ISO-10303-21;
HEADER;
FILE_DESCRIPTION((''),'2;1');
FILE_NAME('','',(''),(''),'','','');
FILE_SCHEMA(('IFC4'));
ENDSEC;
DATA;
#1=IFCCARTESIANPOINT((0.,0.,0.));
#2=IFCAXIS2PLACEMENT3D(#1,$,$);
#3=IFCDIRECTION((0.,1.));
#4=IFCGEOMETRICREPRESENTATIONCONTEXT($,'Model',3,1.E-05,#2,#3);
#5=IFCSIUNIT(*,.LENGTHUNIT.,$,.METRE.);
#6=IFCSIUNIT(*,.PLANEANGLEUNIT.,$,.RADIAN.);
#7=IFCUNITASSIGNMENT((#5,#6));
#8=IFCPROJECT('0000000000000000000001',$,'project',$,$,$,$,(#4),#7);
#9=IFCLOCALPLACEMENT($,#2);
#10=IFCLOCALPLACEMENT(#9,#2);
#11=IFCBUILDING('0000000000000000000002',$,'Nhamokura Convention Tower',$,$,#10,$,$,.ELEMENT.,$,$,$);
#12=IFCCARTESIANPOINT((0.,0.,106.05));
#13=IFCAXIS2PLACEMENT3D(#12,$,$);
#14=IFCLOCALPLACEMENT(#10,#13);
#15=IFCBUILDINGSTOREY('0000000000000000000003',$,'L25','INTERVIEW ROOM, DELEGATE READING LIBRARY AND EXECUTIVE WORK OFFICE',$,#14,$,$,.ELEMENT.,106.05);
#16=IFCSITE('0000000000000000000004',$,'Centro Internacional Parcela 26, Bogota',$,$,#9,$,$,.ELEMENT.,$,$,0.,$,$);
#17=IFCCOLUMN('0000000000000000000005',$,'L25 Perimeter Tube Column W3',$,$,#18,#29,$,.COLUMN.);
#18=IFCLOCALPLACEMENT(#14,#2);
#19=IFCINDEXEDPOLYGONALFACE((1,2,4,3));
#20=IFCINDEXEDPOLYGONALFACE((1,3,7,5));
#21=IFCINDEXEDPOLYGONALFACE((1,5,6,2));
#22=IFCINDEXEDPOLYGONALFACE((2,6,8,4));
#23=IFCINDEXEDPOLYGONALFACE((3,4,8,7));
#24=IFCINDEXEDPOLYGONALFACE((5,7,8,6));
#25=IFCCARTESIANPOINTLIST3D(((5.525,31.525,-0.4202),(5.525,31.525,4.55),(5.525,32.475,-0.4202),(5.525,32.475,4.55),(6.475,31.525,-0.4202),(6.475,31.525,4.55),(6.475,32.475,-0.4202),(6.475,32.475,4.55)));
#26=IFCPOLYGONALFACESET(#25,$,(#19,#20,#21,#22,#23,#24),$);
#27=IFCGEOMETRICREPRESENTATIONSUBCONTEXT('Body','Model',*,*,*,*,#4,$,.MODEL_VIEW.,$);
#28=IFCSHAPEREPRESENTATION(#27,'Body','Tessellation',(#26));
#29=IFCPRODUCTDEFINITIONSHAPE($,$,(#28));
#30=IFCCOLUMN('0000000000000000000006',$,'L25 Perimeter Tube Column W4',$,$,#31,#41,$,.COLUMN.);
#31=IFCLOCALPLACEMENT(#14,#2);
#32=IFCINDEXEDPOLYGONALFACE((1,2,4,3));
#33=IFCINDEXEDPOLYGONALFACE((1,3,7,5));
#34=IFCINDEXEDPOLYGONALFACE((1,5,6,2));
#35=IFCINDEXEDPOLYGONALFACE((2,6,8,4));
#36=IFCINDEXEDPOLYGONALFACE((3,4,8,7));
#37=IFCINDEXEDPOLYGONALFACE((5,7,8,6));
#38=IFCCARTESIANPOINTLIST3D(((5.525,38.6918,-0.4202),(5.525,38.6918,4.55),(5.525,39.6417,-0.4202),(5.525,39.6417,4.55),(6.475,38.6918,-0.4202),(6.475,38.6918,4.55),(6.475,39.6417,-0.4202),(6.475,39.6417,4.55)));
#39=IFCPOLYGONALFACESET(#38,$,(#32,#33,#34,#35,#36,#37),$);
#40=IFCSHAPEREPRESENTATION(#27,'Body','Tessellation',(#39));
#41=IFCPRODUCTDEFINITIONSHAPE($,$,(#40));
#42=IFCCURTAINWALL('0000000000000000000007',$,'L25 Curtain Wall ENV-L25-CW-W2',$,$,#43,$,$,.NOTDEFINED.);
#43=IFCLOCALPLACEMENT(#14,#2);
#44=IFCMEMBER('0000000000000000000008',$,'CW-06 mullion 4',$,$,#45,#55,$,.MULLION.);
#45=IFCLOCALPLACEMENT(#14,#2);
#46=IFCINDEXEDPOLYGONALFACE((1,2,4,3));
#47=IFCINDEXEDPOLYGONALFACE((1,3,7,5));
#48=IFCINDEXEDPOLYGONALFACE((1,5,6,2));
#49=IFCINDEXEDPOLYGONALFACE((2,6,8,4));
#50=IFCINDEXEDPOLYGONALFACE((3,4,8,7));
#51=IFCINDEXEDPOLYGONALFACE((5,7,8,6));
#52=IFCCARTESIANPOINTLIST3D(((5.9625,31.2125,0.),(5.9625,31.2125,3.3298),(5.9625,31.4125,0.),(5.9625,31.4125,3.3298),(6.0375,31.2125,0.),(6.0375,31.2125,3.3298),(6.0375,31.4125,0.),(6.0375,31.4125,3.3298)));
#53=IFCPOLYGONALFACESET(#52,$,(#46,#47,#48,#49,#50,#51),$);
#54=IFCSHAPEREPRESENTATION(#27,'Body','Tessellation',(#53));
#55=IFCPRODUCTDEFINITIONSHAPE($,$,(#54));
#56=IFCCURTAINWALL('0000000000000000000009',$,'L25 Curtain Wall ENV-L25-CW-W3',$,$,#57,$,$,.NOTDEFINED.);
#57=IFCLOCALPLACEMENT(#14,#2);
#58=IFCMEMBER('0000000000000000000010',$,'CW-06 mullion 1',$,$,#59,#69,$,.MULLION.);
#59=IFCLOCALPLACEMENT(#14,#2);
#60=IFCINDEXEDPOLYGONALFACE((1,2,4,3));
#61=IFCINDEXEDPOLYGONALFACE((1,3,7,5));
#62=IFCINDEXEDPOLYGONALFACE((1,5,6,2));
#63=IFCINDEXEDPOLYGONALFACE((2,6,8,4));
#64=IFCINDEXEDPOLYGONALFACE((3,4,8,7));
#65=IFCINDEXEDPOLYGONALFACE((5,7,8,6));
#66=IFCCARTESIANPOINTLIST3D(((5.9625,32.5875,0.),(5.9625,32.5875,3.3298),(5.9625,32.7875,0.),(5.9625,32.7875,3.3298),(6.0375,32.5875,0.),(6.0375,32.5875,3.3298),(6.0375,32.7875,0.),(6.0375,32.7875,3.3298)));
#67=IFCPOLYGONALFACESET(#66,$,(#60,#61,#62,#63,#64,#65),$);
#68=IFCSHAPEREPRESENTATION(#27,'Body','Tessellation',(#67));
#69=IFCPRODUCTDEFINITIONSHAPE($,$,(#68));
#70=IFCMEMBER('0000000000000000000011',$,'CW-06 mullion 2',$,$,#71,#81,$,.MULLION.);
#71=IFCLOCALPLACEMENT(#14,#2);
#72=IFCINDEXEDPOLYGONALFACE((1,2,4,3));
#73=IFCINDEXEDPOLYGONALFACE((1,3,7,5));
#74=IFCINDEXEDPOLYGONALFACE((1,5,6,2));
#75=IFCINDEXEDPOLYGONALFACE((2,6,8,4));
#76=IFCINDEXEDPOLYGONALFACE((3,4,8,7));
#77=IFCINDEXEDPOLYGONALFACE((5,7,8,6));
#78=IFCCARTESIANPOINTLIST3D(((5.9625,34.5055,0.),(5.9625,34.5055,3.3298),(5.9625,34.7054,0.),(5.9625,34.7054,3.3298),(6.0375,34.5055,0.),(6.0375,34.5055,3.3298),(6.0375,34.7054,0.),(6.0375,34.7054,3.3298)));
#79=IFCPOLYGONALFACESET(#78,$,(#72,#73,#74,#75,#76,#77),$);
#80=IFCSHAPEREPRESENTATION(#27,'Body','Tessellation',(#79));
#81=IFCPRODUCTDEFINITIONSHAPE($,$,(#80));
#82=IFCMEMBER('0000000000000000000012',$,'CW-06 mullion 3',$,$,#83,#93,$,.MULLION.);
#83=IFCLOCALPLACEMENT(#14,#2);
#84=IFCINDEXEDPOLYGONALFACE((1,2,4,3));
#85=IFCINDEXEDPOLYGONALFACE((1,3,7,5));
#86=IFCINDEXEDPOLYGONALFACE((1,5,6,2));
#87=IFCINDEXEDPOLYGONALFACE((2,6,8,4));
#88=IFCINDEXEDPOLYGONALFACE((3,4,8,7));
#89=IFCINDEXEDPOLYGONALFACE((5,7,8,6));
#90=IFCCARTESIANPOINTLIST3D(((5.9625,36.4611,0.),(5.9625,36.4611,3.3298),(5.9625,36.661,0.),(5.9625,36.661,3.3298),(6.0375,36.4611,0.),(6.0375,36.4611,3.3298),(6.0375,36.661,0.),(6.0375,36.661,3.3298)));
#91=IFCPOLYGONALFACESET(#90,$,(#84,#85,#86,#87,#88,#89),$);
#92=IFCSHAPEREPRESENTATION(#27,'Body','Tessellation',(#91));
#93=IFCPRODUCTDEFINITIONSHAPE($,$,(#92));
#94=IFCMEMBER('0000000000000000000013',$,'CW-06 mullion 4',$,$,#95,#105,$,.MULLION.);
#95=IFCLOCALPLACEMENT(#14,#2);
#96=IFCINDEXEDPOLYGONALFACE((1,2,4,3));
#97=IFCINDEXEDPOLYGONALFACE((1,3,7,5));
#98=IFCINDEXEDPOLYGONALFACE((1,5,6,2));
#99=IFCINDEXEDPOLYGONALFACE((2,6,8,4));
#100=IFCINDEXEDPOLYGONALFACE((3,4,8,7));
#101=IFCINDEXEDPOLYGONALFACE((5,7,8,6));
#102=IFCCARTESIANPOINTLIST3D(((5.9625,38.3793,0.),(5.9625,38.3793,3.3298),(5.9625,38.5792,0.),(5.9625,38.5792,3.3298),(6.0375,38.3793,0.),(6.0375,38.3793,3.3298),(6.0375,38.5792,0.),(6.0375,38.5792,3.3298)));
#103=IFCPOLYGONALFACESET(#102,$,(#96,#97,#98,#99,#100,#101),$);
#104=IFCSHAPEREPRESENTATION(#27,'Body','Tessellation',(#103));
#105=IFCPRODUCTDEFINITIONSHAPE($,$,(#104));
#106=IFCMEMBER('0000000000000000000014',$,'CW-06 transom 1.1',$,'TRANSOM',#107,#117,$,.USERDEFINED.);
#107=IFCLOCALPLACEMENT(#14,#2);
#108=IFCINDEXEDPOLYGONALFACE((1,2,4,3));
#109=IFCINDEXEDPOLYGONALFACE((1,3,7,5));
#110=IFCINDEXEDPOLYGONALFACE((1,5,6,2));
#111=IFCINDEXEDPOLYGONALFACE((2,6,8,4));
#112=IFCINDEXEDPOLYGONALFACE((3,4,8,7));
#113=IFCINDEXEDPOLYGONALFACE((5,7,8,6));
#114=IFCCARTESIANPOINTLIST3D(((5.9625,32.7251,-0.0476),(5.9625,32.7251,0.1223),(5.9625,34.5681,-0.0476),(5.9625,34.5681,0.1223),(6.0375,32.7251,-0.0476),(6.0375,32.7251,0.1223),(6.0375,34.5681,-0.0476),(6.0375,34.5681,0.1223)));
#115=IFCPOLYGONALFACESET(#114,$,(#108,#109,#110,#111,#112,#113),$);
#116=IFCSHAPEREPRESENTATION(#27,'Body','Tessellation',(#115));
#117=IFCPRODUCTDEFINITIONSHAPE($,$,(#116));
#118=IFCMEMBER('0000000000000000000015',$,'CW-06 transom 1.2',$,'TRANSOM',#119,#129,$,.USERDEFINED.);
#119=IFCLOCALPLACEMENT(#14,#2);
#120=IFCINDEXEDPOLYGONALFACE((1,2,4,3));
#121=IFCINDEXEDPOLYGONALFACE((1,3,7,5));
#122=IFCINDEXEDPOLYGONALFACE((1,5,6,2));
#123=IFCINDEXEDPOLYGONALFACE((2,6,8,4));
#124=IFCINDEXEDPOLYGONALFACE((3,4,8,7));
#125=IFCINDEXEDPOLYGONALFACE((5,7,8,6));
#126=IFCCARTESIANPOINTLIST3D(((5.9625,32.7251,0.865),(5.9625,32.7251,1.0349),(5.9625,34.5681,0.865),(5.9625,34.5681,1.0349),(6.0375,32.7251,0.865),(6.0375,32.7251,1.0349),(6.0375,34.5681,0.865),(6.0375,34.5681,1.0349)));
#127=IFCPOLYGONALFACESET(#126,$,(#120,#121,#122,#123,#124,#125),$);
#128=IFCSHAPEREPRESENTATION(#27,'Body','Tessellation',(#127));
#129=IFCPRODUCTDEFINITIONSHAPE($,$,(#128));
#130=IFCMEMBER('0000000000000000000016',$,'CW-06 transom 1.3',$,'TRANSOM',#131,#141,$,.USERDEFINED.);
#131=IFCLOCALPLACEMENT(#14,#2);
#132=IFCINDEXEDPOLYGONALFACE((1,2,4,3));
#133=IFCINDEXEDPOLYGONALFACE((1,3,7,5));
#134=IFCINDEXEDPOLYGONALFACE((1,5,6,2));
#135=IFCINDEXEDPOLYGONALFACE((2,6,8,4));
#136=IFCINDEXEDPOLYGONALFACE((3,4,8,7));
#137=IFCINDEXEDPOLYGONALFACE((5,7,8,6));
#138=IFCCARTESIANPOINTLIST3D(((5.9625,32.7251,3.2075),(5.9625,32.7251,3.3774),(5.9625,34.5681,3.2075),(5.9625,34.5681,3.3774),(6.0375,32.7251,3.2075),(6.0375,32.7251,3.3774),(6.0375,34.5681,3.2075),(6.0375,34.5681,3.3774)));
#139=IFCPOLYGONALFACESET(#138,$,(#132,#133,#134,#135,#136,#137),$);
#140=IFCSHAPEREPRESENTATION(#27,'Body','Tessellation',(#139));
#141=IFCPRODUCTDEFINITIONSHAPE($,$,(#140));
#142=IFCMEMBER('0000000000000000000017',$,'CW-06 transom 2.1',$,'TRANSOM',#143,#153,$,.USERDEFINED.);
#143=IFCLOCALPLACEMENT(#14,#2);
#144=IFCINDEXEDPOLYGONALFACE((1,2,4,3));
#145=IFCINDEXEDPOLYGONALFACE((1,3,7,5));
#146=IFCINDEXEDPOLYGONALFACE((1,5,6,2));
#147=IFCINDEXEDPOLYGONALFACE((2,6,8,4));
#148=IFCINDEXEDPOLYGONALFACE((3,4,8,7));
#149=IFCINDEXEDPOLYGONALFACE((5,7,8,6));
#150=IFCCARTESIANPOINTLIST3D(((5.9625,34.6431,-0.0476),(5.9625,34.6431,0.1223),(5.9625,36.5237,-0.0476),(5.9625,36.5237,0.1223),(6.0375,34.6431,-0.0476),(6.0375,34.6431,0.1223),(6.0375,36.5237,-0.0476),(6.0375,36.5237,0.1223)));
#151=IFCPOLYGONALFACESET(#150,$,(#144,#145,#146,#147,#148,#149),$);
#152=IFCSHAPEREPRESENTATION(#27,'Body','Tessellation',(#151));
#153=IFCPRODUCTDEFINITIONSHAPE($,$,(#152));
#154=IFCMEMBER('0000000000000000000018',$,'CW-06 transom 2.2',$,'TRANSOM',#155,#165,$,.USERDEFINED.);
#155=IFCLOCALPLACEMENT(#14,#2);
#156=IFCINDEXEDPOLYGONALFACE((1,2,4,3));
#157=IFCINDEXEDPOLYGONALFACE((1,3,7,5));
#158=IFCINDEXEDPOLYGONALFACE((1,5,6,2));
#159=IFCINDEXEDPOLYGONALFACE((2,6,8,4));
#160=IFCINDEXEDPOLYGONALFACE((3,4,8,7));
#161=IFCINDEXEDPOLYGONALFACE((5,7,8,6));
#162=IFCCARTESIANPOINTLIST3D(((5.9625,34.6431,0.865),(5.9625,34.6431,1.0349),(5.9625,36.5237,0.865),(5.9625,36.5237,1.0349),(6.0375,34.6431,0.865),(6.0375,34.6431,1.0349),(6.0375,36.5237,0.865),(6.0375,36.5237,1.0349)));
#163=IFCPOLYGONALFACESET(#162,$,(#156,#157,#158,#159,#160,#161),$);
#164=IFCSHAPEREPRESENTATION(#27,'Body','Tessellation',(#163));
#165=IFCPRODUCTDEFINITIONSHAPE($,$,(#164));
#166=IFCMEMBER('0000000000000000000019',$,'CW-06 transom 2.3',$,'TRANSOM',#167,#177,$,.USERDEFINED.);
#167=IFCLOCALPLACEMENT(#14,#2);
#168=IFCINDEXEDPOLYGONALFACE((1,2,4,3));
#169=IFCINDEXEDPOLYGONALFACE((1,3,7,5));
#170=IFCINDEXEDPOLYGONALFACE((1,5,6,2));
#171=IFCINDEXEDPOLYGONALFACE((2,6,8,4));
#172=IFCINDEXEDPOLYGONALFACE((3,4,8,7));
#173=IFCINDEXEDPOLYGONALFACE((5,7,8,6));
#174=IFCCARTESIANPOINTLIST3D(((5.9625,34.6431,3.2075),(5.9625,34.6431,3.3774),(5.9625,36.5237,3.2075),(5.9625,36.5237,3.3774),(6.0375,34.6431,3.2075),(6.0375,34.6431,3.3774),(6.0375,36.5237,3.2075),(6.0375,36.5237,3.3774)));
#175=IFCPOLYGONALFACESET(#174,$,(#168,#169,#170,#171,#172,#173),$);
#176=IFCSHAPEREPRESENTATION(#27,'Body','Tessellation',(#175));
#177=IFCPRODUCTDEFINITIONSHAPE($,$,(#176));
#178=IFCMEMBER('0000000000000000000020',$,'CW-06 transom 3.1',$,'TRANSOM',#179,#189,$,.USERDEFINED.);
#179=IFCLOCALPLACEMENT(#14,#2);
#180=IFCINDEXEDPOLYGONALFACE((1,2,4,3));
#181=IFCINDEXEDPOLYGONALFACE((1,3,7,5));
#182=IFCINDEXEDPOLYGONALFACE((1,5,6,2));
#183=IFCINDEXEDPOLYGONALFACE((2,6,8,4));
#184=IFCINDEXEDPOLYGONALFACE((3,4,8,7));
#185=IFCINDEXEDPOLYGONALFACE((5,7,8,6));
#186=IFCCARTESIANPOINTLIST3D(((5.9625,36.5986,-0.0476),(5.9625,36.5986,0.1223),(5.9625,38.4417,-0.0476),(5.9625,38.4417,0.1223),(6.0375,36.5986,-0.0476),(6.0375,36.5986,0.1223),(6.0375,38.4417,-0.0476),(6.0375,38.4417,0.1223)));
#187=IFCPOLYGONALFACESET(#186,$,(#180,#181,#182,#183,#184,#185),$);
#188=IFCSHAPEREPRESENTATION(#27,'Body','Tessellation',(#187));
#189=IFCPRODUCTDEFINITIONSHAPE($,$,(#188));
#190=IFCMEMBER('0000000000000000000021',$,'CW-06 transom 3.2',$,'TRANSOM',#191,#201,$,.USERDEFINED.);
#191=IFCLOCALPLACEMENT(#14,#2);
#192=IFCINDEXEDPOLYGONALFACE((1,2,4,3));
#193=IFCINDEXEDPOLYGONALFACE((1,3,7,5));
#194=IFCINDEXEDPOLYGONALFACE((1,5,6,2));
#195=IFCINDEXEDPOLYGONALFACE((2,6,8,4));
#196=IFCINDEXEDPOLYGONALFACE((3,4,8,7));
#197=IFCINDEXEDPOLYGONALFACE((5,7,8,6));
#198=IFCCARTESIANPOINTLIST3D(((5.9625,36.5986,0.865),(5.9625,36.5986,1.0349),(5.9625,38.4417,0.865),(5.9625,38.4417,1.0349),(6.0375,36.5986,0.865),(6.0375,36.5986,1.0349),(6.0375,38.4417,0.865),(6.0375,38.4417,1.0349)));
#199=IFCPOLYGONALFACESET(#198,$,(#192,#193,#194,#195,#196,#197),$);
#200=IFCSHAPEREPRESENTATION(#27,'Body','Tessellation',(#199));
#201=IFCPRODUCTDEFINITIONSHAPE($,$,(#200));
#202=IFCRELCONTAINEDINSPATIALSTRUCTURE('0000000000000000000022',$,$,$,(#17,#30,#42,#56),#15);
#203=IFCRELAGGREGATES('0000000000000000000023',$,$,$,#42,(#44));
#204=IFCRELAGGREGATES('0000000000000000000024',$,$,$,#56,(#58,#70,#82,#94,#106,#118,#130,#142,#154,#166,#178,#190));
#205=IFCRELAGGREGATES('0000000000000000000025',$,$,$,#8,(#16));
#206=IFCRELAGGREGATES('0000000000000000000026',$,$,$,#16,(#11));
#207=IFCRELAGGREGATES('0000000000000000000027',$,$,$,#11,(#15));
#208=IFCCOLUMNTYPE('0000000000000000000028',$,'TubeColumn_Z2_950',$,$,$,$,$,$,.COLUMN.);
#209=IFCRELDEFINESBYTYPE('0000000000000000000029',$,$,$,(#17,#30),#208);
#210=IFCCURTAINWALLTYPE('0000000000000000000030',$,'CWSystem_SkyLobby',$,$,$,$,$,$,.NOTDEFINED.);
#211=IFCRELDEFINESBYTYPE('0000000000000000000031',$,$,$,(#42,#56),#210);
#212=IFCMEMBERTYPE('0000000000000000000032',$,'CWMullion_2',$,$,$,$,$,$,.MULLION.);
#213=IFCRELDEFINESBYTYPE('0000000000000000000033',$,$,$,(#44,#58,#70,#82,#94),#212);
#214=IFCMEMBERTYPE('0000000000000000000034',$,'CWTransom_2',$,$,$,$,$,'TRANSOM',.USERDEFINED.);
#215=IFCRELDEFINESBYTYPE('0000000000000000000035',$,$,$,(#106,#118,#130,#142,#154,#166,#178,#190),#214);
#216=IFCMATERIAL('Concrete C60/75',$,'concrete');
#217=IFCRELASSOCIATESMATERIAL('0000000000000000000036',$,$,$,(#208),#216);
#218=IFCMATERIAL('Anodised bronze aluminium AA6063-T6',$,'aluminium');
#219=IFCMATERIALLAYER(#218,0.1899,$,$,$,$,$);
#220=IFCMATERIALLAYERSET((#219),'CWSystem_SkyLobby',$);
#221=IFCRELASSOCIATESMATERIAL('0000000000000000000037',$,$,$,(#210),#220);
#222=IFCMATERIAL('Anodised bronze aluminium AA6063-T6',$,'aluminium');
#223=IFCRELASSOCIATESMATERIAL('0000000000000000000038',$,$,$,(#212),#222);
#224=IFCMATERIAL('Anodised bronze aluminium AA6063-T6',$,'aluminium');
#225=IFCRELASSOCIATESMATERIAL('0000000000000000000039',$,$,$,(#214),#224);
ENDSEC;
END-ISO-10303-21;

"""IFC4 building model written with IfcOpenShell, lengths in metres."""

from ifc_helpers import new_model, si_unit, direction, frame, origin, origin_2d, place, context, subcontext, project, spatial, rectangle, extrude, material, layer, layer_set, material_profile, profile_set, type_object, element, aggregate, save


model = new_model("IFC4")

# Units and contexts
model_context = context("Model", 3, precision=1e-05, world=origin(), true_north=direction((0.0, 1.0)))
body_context = subcontext(model_context, "Body", "Model", "MODEL_VIEW")
ifc_project = project(units=[si_unit("LENGTHUNIT", "METRE"), si_unit("PLANEANGLEUNIT", "RADIAN")], contexts=[model_context])

# Site, building, storey
site_placement = place(None, origin())
site = spatial("IfcSite", under=ifc_project, at=site_placement, Name="Centro Internacional Parcela 26, Bogota", CompositionType="ELEMENT", RefElevation=0.0)
building_placement = place(site_placement, origin())
building = spatial("IfcBuilding", under=site, at=building_placement, Name="Nhamokura Convention Tower", CompositionType="ELEMENT")
storey_placement = place(building_placement, frame((0.0, 0.0, 106.05)))
storey = spatial("IfcBuildingStorey", under=building, at=storey_placement, Name="L25", Description="INTERVIEW ROOM, DELEGATE READING LIBRARY AND EXECUTIVE WORK OFFICE", CompositionType="ELEMENT", Elevation=106.05)

# Columns
ifc_material_1 = material(Name="Concrete C60/75", Category="concrete")
ifc_material_profile_1 = material_profile(ifc_material_1, rectangle(XDim=0.95, YDim=0.95, at=origin_2d()))
ifc_profile_set_1 = profile_set([ifc_material_profile_1], Name="Concrete C60/75")
column_type = type_object("IfcColumnType", Name="TubeColumn_Z2_950", PredefinedType="COLUMN", material=ifc_profile_set_1)
for number, where, z_axis, x_axis, name in (
    (1, (6.0, 32.0, -0.4202), (0.0, 0.0, 1.0), (1.0, 0.0, 0.0), "L25 Perimeter Tube Column W3"),
    (2, (6.0, 39.1667, -0.4202), (0.0, 0.0, 1.0), (1.0, 0.0, 0.0), "L25 Perimeter Tube Column W4"),
):
    element("IfcColumn", number, at=place(storey_placement, frame(where, z_axis=z_axis, x_axis=x_axis)), inside=storey, type_object=column_type, Name=name, PredefinedType="COLUMN", context=body_context, shape_type="SweptSolid", body=[
        extrude(rectangle(XDim=0.95, YDim=0.95, at=origin_2d()), origin(), (0.0, 0.0, 1.0), 4.9702),
    ])

# Curtain wall, member
ifc_material_2 = material(Name="Anodised bronze aluminium AA6063-T6", Category="aluminium")
ifc_layer_1 = layer(ifc_material_2, 0.1899)
ifc_layer_set_1 = layer_set([ifc_layer_1], Name="CWSystem_SkyLobby")
curtain_wall_type = type_object("IfcCurtainWallType", Name="CWSystem_SkyLobby", PredefinedType="NOTDEFINED", material=ifc_layer_set_1)
curtain_wall_1_placement = place(storey_placement, origin())
curtain_wall_1 = element("IfcCurtainWall", 3, at=curtain_wall_1_placement, inside=storey, type_object=curtain_wall_type, Name="L25 Curtain Wall ENV-L25-CW-W2", PredefinedType="NOTDEFINED")
ifc_material_3 = material(Name="Anodised bronze aluminium AA6063-T6", Category="aluminium")
ifc_material_profile_2 = material_profile(ifc_material_3, rectangle(XDim=0.075, YDim=0.2, at=origin_2d()))
ifc_profile_set_2 = profile_set([ifc_material_profile_2], Name="Anodised bronze aluminium AA6063-T6")
member_type_1 = type_object("IfcMemberType", Name="CWMullion_2", PredefinedType="MULLION", material=ifc_profile_set_2)
member_1_placement = place(storey_placement, frame((6.0, 31.3125, 0.0), z_axis=(0.0, 0.0, 1.0), x_axis=(-1.0, 0.0, 0.0)))
member_1 = element("IfcMember", 4, at=member_1_placement, type_object=member_type_1, Name="CW-06 mullion 4", PredefinedType="MULLION", context=body_context, shape_type="SweptSolid", body=[
    extrude(rectangle(XDim=0.075, YDim=0.2, at=origin_2d()), origin(), (0.0, 0.0, 1.0), 3.3298),
])

# Curtain wall, members
curtain_wall_2_placement = place(storey_placement, origin())
curtain_wall_2 = element("IfcCurtainWall", 5, at=curtain_wall_2_placement, inside=storey, type_object=curtain_wall_type, Name="L25 Curtain Wall ENV-L25-CW-W3", PredefinedType="NOTDEFINED")
member_2_placement = place(storey_placement, frame((6.0, 32.6875, 0.0), z_axis=(0.0, 0.0, 1.0), x_axis=(-1.0, 0.0, 0.0)))
member_2 = element("IfcMember", 6, at=member_2_placement, type_object=member_type_1, Name="CW-06 mullion 1", PredefinedType="MULLION", context=body_context, shape_type="SweptSolid", body=[
    extrude(rectangle(XDim=0.075, YDim=0.2, at=origin_2d()), origin(), (0.0, 0.0, 1.0), 3.3298),
])
member_3_placement = place(storey_placement, frame((6.0, 34.6055, 0.0), z_axis=(0.0, 0.0, 1.0), x_axis=(-1.0, 0.0, 0.0)))
member_3 = element("IfcMember", 7, at=member_3_placement, type_object=member_type_1, Name="CW-06 mullion 2", PredefinedType="MULLION", context=body_context, shape_type="SweptSolid", body=[
    extrude(rectangle(XDim=0.075, YDim=0.2, at=origin_2d()), origin(), (0.0, 0.0, 1.0), 3.3298),
])
member_4_placement = place(storey_placement, frame((6.0, 36.561, 0.0), z_axis=(0.0, 0.0, 1.0), x_axis=(-1.0, 0.0, 0.0)))
member_4 = element("IfcMember", 8, at=member_4_placement, type_object=member_type_1, Name="CW-06 mullion 3", PredefinedType="MULLION", context=body_context, shape_type="SweptSolid", body=[
    extrude(rectangle(XDim=0.075, YDim=0.2, at=origin_2d()), origin(), (0.0, 0.0, 1.0), 3.3298),
])
member_5_placement = place(storey_placement, frame((6.0, 38.4792, 0.0), z_axis=(0.0, 0.0, 1.0), x_axis=(-1.0, 0.0, 0.0)))
member_5 = element("IfcMember", 9, at=member_5_placement, type_object=member_type_1, Name="CW-06 mullion 4", PredefinedType="MULLION", context=body_context, shape_type="SweptSolid", body=[
    extrude(rectangle(XDim=0.075, YDim=0.2, at=origin_2d()), origin(), (0.0, 0.0, 1.0), 3.3298),
])
ifc_material_4 = material(Name="Anodised bronze aluminium AA6063-T6", Category="aluminium")
ifc_material_profile_3 = material_profile(ifc_material_4, rectangle(XDim=0.075, YDim=0.1699, at=origin_2d()))
ifc_profile_set_3 = profile_set([ifc_material_profile_3], Name="Anodised bronze aluminium AA6063-T6")
member_type_2 = type_object("IfcMemberType", Name="CWTransom_2", ElementType="TRANSOM", PredefinedType="USERDEFINED", material=ifc_profile_set_3)
member_6_placement = place(storey_placement, frame((6.0, 32.7251, 0.0374), z_axis=(0.0, 1.0, 0.0), x_axis=(-1.0, 0.0, 0.0)))
member_6 = element("IfcMember", 10, at=member_6_placement, type_object=member_type_2, Name="CW-06 transom 1.1", ObjectType="TRANSOM", PredefinedType="USERDEFINED", context=body_context, shape_type="SweptSolid", body=[
    extrude(rectangle(XDim=0.075, YDim=0.1699, at=origin_2d()), origin(), (0.0, 0.0, 1.0), 1.843),
])
member_7_placement = place(storey_placement, frame((6.0, 32.7251, 0.95), z_axis=(0.0, 1.0, 0.0), x_axis=(-1.0, 0.0, 0.0)))
member_7 = element("IfcMember", 11, at=member_7_placement, type_object=member_type_2, Name="CW-06 transom 1.2", ObjectType="TRANSOM", PredefinedType="USERDEFINED", context=body_context, shape_type="SweptSolid", body=[
    extrude(rectangle(XDim=0.075, YDim=0.1699, at=origin_2d()), origin(), (0.0, 0.0, 1.0), 1.843),
])
member_8_placement = place(storey_placement, frame((6.0, 32.7251, 3.2925), z_axis=(0.0, 1.0, 0.0), x_axis=(-1.0, 0.0, 0.0)))
member_8 = element("IfcMember", 12, at=member_8_placement, type_object=member_type_2, Name="CW-06 transom 1.3", ObjectType="TRANSOM", PredefinedType="USERDEFINED", context=body_context, shape_type="SweptSolid", body=[
    extrude(rectangle(XDim=0.075, YDim=0.1699, at=origin_2d()), origin(), (0.0, 0.0, 1.0), 1.843),
])
member_9_placement = place(storey_placement, frame((6.0, 34.6431, 0.0374), z_axis=(0.0, 1.0, 0.0), x_axis=(-1.0, 0.0, 0.0)))
member_9 = element("IfcMember", 13, at=member_9_placement, type_object=member_type_2, Name="CW-06 transom 2.1", ObjectType="TRANSOM", PredefinedType="USERDEFINED", context=body_context, shape_type="SweptSolid", body=[
    extrude(rectangle(XDim=0.075, YDim=0.1699, at=origin_2d()), origin(), (0.0, 0.0, 1.0), 1.8806),
])
member_10_placement = place(storey_placement, frame((6.0, 34.6431, 0.95), z_axis=(0.0, 1.0, 0.0), x_axis=(-1.0, 0.0, 0.0)))
member_10 = element("IfcMember", 14, at=member_10_placement, type_object=member_type_2, Name="CW-06 transom 2.2", ObjectType="TRANSOM", PredefinedType="USERDEFINED", context=body_context, shape_type="SweptSolid", body=[
    extrude(rectangle(XDim=0.075, YDim=0.1699, at=origin_2d()), origin(), (0.0, 0.0, 1.0), 1.8806),
])
member_11_placement = place(storey_placement, frame((6.0, 34.6431, 3.2925), z_axis=(0.0, 1.0, 0.0), x_axis=(-1.0, 0.0, 0.0)))
member_11 = element("IfcMember", 15, at=member_11_placement, type_object=member_type_2, Name="CW-06 transom 2.3", ObjectType="TRANSOM", PredefinedType="USERDEFINED", context=body_context, shape_type="SweptSolid", body=[
    extrude(rectangle(XDim=0.075, YDim=0.1699, at=origin_2d()), origin(), (0.0, 0.0, 1.0), 1.8806),
])
member_12_placement = place(storey_placement, frame((6.0, 36.5986, 0.0374), z_axis=(0.0, 1.0, 0.0), x_axis=(-1.0, 0.0, 0.0)))
member_12 = element("IfcMember", 16, at=member_12_placement, type_object=member_type_2, Name="CW-06 transom 3.1", ObjectType="TRANSOM", PredefinedType="USERDEFINED", context=body_context, shape_type="SweptSolid", body=[
    extrude(rectangle(XDim=0.075, YDim=0.1699, at=origin_2d()), origin(), (0.0, 0.0, 1.0), 1.843),
])
member_13_placement = place(storey_placement, frame((6.0, 36.5986, 0.95), z_axis=(0.0, 1.0, 0.0), x_axis=(-1.0, 0.0, 0.0)))
member_13 = element("IfcMember", 17, at=member_13_placement, type_object=member_type_2, Name="CW-06 transom 3.2", ObjectType="TRANSOM", PredefinedType="USERDEFINED", context=body_context, shape_type="SweptSolid", body=[
    extrude(rectangle(XDim=0.075, YDim=0.1699, at=origin_2d()), origin(), (0.0, 0.0, 1.0), 1.843),
])

aggregate(curtain_wall_1, [member_1])
aggregate(curtain_wall_2, [member_2, member_3, member_4, member_5, member_6, member_7, member_8, member_9, member_10, member_11, member_12, member_13])

save(model, "model.ifc")
